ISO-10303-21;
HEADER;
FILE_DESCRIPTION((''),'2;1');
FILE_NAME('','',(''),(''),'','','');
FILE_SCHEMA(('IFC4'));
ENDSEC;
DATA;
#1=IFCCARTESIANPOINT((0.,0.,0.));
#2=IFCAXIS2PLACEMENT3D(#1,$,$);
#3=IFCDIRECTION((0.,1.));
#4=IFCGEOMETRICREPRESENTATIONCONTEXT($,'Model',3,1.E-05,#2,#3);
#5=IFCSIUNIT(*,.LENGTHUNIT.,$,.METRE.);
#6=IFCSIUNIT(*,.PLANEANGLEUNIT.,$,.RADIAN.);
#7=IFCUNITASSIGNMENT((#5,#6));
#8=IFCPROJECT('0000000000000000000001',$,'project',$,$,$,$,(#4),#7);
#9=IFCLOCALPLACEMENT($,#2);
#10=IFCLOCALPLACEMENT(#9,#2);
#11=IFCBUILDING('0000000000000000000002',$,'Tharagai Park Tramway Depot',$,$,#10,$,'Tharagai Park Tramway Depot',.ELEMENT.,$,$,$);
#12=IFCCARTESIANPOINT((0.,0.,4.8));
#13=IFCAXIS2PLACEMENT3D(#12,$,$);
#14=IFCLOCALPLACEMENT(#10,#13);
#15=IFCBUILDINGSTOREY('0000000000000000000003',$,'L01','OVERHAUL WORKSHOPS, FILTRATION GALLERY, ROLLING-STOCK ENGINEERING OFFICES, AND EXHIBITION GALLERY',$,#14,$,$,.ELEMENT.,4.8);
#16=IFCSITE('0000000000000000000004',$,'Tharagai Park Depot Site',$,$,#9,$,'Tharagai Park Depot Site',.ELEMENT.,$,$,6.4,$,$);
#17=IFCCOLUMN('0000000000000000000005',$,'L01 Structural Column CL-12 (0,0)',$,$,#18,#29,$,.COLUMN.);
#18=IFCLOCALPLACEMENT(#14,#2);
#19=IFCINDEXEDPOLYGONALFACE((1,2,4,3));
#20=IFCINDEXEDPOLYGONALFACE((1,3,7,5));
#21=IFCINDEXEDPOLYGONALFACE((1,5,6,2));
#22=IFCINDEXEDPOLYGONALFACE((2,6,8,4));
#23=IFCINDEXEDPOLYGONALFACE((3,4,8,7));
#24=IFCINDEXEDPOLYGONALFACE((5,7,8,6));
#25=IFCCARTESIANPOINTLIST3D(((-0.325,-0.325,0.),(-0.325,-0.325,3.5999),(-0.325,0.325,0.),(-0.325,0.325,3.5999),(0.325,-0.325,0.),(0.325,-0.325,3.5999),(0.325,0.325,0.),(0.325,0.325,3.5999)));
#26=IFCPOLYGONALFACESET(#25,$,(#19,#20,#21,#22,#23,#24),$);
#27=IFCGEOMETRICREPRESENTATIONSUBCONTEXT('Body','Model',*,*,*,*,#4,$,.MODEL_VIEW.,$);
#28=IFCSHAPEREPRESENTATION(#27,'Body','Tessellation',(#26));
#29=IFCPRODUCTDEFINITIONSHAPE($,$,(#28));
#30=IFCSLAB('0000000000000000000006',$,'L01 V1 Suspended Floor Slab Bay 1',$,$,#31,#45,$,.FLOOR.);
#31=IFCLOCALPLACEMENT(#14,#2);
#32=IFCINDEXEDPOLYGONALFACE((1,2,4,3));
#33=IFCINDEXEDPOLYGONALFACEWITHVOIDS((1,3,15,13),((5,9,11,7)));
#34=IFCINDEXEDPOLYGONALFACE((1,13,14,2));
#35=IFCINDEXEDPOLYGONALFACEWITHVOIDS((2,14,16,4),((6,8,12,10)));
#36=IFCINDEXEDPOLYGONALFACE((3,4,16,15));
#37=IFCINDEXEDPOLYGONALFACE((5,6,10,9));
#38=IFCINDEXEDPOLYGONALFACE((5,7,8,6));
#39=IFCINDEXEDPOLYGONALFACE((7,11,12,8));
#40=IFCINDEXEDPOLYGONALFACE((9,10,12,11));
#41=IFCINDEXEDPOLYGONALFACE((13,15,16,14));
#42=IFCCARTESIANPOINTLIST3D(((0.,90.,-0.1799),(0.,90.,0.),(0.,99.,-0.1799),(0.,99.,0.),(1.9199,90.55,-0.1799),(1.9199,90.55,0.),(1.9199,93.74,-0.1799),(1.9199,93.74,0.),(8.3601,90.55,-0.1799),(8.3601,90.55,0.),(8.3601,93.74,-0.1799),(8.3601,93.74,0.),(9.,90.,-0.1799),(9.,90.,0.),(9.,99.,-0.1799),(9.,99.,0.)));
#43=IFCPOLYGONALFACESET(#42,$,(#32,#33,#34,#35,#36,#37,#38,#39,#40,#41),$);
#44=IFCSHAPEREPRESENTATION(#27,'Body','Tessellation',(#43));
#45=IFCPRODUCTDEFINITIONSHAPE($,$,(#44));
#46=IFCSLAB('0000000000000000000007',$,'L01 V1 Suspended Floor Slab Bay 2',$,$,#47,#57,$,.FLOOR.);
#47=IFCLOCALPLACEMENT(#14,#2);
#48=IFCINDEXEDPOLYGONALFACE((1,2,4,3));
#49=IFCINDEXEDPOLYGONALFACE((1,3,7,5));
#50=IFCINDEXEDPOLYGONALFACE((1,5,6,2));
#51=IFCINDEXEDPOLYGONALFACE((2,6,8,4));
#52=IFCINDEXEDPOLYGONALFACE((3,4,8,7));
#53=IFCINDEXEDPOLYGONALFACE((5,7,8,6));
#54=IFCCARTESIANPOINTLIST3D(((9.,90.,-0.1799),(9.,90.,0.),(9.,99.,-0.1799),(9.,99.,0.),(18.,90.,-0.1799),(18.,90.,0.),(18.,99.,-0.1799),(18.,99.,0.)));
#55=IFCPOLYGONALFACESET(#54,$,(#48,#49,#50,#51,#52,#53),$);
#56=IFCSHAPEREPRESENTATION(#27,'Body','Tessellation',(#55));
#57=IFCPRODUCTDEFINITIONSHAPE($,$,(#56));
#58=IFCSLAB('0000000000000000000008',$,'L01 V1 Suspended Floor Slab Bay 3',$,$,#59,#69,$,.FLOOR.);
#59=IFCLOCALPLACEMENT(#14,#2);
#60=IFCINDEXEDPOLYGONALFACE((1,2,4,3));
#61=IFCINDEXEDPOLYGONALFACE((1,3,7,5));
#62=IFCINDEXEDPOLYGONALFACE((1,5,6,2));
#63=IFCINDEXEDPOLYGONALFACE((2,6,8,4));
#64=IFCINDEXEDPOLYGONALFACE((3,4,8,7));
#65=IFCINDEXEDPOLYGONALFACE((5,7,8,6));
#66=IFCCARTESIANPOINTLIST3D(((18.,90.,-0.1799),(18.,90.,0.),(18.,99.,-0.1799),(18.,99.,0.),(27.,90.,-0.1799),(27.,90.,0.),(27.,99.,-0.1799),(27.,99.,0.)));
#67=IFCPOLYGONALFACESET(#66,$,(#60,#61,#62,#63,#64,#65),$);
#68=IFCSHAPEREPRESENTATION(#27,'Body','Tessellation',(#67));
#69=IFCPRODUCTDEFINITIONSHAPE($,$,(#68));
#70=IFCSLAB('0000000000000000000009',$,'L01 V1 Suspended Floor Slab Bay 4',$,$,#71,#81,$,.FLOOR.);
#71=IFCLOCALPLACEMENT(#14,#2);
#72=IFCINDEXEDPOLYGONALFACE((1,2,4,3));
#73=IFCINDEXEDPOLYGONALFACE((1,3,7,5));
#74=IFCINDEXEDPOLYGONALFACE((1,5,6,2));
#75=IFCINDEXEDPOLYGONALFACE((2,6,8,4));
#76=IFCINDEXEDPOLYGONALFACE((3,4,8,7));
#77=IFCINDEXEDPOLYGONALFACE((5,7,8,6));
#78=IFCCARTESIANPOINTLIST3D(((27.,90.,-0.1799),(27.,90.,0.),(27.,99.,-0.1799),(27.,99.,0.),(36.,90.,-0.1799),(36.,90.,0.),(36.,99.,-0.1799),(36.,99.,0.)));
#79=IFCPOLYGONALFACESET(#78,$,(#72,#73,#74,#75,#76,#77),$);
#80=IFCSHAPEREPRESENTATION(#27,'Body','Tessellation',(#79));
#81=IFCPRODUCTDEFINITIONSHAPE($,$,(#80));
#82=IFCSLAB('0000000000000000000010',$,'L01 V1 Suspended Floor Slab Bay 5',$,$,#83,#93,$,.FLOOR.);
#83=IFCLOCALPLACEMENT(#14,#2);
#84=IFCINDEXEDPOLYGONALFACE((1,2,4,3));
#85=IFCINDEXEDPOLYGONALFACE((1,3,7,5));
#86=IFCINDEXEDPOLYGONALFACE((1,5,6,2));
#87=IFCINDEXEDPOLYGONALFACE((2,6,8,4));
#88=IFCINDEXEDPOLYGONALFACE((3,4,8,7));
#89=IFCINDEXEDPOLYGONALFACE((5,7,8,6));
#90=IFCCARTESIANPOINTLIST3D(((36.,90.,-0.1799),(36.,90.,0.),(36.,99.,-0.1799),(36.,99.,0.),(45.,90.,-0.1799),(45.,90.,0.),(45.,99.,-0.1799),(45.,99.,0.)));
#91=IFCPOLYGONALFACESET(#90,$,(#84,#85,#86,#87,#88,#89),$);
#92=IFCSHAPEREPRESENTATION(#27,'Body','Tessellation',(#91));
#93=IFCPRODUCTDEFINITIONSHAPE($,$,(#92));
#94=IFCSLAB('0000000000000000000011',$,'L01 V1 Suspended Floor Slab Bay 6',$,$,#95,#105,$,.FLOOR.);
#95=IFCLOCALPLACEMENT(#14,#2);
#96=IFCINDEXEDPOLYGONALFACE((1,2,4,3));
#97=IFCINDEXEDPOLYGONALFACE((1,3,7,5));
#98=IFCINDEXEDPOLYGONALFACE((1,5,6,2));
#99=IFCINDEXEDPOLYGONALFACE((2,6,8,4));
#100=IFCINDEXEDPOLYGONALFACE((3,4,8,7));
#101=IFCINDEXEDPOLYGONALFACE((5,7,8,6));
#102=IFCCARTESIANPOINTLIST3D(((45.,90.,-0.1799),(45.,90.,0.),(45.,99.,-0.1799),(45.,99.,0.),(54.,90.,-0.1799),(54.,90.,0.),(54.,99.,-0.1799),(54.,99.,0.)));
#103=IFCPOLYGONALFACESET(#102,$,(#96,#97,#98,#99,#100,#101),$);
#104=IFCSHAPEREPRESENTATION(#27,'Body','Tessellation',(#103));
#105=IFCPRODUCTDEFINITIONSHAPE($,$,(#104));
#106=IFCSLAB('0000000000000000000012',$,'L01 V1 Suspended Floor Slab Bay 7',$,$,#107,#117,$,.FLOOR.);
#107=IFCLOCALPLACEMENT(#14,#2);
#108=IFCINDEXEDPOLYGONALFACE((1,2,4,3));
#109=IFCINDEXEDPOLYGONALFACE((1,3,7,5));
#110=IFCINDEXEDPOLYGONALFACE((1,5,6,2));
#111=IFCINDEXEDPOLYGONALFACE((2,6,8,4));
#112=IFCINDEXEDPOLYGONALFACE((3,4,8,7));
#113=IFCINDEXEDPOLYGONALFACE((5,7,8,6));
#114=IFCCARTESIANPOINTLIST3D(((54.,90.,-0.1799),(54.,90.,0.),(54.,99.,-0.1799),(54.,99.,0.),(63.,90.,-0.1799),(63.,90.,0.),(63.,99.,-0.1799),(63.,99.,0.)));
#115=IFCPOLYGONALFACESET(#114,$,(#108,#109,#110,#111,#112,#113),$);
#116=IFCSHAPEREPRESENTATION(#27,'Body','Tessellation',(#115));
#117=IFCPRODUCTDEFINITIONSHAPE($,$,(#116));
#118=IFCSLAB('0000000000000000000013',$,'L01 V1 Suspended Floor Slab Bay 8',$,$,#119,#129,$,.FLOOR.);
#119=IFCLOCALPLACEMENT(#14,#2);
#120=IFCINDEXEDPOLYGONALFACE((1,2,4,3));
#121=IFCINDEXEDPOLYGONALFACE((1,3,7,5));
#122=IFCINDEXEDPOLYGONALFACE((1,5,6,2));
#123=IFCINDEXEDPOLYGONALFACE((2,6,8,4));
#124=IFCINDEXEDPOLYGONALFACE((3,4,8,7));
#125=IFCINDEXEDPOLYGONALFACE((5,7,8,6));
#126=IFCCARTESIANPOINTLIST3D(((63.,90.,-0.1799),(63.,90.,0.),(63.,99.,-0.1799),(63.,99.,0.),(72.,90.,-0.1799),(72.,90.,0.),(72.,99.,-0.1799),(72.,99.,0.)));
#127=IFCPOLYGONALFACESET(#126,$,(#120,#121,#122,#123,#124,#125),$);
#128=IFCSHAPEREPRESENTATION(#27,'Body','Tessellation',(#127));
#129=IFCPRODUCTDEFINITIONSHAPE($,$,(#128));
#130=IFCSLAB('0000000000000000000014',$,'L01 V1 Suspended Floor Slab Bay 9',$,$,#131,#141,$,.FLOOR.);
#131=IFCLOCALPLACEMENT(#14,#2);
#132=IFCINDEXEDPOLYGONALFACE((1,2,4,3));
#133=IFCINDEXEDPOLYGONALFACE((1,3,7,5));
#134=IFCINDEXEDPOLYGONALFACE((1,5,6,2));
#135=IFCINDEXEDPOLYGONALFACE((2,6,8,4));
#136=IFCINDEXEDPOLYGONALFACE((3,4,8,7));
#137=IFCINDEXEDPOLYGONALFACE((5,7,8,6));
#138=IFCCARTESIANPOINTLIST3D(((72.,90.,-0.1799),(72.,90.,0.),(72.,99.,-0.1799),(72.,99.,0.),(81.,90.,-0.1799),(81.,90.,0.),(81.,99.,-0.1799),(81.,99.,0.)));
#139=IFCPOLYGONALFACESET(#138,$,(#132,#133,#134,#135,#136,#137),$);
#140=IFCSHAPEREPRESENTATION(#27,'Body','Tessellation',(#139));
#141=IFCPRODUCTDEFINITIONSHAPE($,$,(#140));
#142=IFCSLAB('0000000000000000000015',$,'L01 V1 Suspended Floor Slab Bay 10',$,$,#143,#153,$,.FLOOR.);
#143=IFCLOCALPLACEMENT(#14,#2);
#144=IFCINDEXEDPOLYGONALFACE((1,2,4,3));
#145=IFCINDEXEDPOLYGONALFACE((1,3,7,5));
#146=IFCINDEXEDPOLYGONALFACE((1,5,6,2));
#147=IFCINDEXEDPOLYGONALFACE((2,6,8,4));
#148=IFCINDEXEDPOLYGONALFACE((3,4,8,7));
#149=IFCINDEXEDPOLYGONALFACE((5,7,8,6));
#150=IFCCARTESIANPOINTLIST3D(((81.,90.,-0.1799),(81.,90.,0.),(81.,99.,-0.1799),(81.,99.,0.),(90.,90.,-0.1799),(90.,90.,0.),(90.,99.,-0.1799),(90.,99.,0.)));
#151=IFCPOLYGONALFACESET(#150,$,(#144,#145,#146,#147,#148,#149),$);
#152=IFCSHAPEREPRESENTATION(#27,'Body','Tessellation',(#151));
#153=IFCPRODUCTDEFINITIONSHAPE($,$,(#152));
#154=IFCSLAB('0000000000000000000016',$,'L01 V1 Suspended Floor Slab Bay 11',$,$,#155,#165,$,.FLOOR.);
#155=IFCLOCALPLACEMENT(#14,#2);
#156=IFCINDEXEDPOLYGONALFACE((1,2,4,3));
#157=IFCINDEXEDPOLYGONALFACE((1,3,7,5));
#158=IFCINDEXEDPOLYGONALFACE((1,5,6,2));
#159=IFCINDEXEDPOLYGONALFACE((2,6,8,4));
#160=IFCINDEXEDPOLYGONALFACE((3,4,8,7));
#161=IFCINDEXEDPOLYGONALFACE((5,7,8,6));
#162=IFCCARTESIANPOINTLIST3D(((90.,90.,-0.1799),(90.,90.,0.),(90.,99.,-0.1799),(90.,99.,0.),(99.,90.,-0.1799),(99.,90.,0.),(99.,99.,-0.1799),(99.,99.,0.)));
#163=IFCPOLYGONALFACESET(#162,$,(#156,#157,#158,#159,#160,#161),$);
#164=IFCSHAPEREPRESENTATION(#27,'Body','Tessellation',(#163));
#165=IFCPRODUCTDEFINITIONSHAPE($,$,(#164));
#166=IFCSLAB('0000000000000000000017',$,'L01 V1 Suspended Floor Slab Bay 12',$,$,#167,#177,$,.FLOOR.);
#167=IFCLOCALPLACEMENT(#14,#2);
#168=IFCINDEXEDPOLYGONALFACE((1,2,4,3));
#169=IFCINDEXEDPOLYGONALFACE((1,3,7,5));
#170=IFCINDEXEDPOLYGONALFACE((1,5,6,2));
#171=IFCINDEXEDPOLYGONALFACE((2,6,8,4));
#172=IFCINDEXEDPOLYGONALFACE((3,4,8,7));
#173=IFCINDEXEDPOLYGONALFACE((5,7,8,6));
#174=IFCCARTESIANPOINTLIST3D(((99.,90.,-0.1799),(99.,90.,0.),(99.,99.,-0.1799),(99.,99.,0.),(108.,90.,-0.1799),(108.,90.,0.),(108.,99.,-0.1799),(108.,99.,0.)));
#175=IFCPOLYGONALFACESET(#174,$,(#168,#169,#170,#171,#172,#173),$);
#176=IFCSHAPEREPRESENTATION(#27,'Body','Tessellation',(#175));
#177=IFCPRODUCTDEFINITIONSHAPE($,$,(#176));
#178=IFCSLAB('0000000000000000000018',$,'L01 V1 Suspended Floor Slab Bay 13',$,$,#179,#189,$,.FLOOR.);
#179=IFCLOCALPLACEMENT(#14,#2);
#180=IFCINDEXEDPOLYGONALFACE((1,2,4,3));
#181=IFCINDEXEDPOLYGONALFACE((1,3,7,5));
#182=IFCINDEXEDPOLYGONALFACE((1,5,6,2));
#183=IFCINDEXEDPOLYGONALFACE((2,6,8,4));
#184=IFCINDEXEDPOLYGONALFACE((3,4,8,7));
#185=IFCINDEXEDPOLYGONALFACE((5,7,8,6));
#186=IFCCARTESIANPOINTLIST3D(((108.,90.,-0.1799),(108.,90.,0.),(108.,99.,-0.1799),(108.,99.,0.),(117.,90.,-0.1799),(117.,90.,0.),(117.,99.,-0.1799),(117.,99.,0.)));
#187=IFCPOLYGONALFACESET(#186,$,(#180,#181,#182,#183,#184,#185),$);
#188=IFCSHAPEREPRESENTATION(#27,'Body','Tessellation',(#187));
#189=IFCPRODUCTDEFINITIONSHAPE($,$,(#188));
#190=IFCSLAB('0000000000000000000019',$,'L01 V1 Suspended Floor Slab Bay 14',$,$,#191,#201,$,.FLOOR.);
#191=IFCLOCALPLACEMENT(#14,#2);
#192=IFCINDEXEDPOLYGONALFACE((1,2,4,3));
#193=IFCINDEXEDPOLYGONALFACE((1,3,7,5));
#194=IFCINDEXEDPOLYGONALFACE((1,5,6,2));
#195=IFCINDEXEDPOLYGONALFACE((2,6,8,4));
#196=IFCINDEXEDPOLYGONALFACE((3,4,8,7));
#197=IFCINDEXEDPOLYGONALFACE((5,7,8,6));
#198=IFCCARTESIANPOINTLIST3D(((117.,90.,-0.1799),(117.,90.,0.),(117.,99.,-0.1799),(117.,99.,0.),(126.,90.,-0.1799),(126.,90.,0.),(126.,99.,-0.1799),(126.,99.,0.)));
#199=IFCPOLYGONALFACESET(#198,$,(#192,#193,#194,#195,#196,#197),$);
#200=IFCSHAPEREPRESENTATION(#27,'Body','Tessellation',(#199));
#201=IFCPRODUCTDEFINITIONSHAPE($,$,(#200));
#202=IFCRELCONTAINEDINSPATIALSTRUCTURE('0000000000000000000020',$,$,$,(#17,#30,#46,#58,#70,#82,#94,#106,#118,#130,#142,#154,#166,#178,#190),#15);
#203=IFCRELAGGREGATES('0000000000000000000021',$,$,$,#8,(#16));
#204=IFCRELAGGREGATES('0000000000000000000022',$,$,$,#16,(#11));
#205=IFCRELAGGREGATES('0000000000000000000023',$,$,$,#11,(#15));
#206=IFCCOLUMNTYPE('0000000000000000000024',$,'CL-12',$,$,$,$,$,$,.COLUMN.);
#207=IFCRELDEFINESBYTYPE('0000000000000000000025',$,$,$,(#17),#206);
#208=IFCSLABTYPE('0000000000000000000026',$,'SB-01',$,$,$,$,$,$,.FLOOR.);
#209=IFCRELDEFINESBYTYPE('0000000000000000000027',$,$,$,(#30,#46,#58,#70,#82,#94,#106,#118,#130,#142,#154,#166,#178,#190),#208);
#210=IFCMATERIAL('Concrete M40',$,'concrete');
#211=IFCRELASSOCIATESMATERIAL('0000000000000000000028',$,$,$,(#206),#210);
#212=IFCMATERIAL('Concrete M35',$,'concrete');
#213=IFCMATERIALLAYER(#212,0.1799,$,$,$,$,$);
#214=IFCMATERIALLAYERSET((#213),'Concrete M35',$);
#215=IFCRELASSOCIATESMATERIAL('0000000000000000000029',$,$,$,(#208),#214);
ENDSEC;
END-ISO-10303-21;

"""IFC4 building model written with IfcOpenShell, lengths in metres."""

from ifc_helpers import new_model, si_unit, direction, frame, origin, origin_with_axes, origin_2d, place, context, subcontext, project, spatial, polyline, rectangle, outline, extrude, material, layer, layer_set, material_profile, profile_set, type_object, element, save


model = new_model("IFC4")

# Units and contexts
model_context = context("Model", 3, precision=1e-05, world=origin(), true_north=direction((0.0, 1.0)))
body_context = subcontext(model_context, "Body", "Model", "MODEL_VIEW")
ifc_project = project(units=[si_unit("LENGTHUNIT", "METRE"), si_unit("PLANEANGLEUNIT", "RADIAN")], contexts=[model_context])

# Site, building, storey
site_placement = place(None, origin())
site = spatial("IfcSite", under=ifc_project, at=site_placement, Name="Tharagai Park Depot Site", LongName="Tharagai Park Depot Site", CompositionType="ELEMENT", RefElevation=6.4)
building_placement = place(site_placement, origin())
building = spatial("IfcBuilding", under=site, at=building_placement, Name="Tharagai Park Tramway Depot", LongName="Tharagai Park Tramway Depot", CompositionType="ELEMENT")
storey_placement = place(building_placement, frame((0.0, 0.0, 4.8)))
storey = spatial("IfcBuildingStorey", under=building, at=storey_placement, Name="L01", Description="OVERHAUL WORKSHOPS, FILTRATION GALLERY, ROLLING-STOCK ENGINEERING OFFICES, AND EXHIBITION GALLERY", CompositionType="ELEMENT", Elevation=4.8)

# Column
ifc_material_1 = material(Name="Concrete M40", Category="concrete")
ifc_material_profile = material_profile(ifc_material_1, rectangle(XDim=0.6499, YDim=0.6499, at=origin_2d()), Name="RC 650x650")
ifc_profile_set = profile_set([ifc_material_profile], Name="Concrete M40")
column_type = type_object("IfcColumnType", Name="CL-12", PredefinedType="COLUMN", material=ifc_profile_set)
column_placement = place(storey_placement, origin_with_axes())
element("IfcColumn", 1, at=column_placement, inside=storey, type_object=column_type, Name="L01 Structural Column CL-12 (0,0)", PredefinedType="COLUMN", context=body_context, shape_type="SweptSolid", body=[
    extrude(rectangle(XDim=0.6499, YDim=0.6499, at=origin_2d()), origin(), (0.0, 0.0, 1.0), 3.5999),
])

# Slabs
ifc_material_2 = material(Name="Concrete M35", Category="concrete")
ifc_layer_1 = layer(ifc_material_2, 0.1799)
ifc_layer_set_1 = layer_set([ifc_layer_1], Name="Concrete M35")
slab_type_1 = type_object("IfcSlabType", Name="SB-01", PredefinedType="FLOOR", material=ifc_layer_set_1)
slab_1_placement = place(storey_placement, frame((0.0, 0.0, -0.1799)))
element("IfcSlab", 2, at=slab_1_placement, inside=storey, type_object=slab_type_1, Name="L01 V1 Suspended Floor Slab Bay 1", PredefinedType="FLOOR", context=body_context, shape_type="SweptSolid", body=[
    extrude(outline(polyline([(0.0, 90.0), (9.0, 90.0), (9.0, 99.0), (0.0, 99.0), (0.0, 90.0)]), holes=[polyline([(1.9199, 90.55), (8.3601, 90.55), (8.3601, 93.74), (1.9199, 93.74), (1.9199, 90.55)])]), origin(), (0.0, 0.0, 1.0), 0.1799),
])
slab_2_placement = place(storey_placement, frame((0.0, 0.0, -0.1799)))
element("IfcSlab", 3, at=slab_2_placement, inside=storey, type_object=slab_type_1, Name="L01 V1 Suspended Floor Slab Bay 2", PredefinedType="FLOOR", context=body_context, shape_type="SweptSolid", body=[
    extrude(outline(polyline([(9.0, 90.0), (18.0, 90.0), (18.0, 99.0), (9.0, 99.0), (9.0, 90.0)])), origin(), (0.0, 0.0, 1.0), 0.1799),
])
slab_3_placement = place(storey_placement, frame((0.0, 0.0, -0.1799)))
element("IfcSlab", 4, at=slab_3_placement, inside=storey, type_object=slab_type_1, Name="L01 V1 Suspended Floor Slab Bay 3", PredefinedType="FLOOR", context=body_context, shape_type="SweptSolid", body=[
    extrude(outline(polyline([(18.0, 90.0), (27.0, 90.0), (27.0, 99.0), (18.0, 99.0), (18.0, 90.0)])), origin(), (0.0, 0.0, 1.0), 0.1799),
])
slab_4_placement = place(storey_placement, frame((0.0, 0.0, -0.1799)))
element("IfcSlab", 5, at=slab_4_placement, inside=storey, type_object=slab_type_1, Name="L01 V1 Suspended Floor Slab Bay 4", PredefinedType="FLOOR", context=body_context, shape_type="SweptSolid", body=[
    extrude(outline(polyline([(27.0, 90.0), (36.0, 90.0), (36.0, 99.0), (27.0, 99.0), (27.0, 90.0)])), origin(), (0.0, 0.0, 1.0), 0.1799),
])
slab_5_placement = place(storey_placement, frame((0.0, 0.0, -0.1799)))
element("IfcSlab", 6, at=slab_5_placement, inside=storey, type_object=slab_type_1, Name="L01 V1 Suspended Floor Slab Bay 5", PredefinedType="FLOOR", context=body_context, shape_type="SweptSolid", body=[
    extrude(outline(polyline([(36.0, 90.0), (45.0, 90.0), (45.0, 99.0), (36.0, 99.0), (36.0, 90.0)])), origin(), (0.0, 0.0, 1.0), 0.1799),
])
slab_6_placement = place(storey_placement, frame((0.0, 0.0, -0.1799)))
element("IfcSlab", 7, at=slab_6_placement, inside=storey, type_object=slab_type_1, Name="L01 V1 Suspended Floor Slab Bay 6", PredefinedType="FLOOR", context=body_context, shape_type="SweptSolid", body=[
    extrude(outline(polyline([(45.0, 90.0), (54.0, 90.0), (54.0, 99.0), (45.0, 99.0), (45.0, 90.0)])), origin(), (0.0, 0.0, 1.0), 0.1799),
])
slab_7_placement = place(storey_placement, frame((0.0, 0.0, -0.1799)))
element("IfcSlab", 8, at=slab_7_placement, inside=storey, type_object=slab_type_1, Name="L01 V1 Suspended Floor Slab Bay 7", PredefinedType="FLOOR", context=body_context, shape_type="SweptSolid", body=[
    extrude(outline(polyline([(54.0, 90.0), (63.0, 90.0), (63.0, 99.0), (54.0, 99.0), (54.0, 90.0)])), origin(), (0.0, 0.0, 1.0), 0.1799),
])
slab_8_placement = place(storey_placement, frame((0.0, 0.0, -0.1799)))
element("IfcSlab", 9, at=slab_8_placement, inside=storey, type_object=slab_type_1, Name="L01 V1 Suspended Floor Slab Bay 8", PredefinedType="FLOOR", context=body_context, shape_type="SweptSolid", body=[
    extrude(outline(polyline([(63.0, 90.0), (72.0, 90.0), (72.0, 99.0), (63.0, 99.0), (63.0, 90.0)])), origin(), (0.0, 0.0, 1.0), 0.1799),
])
slab_9_placement = place(storey_placement, frame((0.0, 0.0, -0.1799)))
element("IfcSlab", 10, at=slab_9_placement, inside=storey, type_object=slab_type_1, Name="L01 V1 Suspended Floor Slab Bay 9", PredefinedType="FLOOR", context=body_context, shape_type="SweptSolid", body=[
    extrude(outline(polyline([(72.0, 90.0), (81.0, 90.0), (81.0, 99.0), (72.0, 99.0), (72.0, 90.0)])), origin(), (0.0, 0.0, 1.0), 0.1799),
])
slab_10_placement = place(storey_placement, frame((0.0, 0.0, -0.1799)))
element("IfcSlab", 11, at=slab_10_placement, inside=storey, type_object=slab_type_1, Name="L01 V1 Suspended Floor Slab Bay 10", PredefinedType="FLOOR", context=body_context, shape_type="SweptSolid", body=[
    extrude(outline(polyline([(81.0, 90.0), (90.0, 90.0), (90.0, 99.0), (81.0, 99.0), (81.0, 90.0)])), origin(), (0.0, 0.0, 1.0), 0.1799),
])
slab_11_placement = place(storey_placement, frame((0.0, 0.0, -0.1799)))
element("IfcSlab", 12, at=slab_11_placement, inside=storey, type_object=slab_type_1, Name="L01 V1 Suspended Floor Slab Bay 11", PredefinedType="FLOOR", context=body_context, shape_type="SweptSolid", body=[
    extrude(outline(polyline([(90.0, 90.0), (99.0, 90.0), (99.0, 99.0), (90.0, 99.0), (90.0, 90.0)])), origin(), (0.0, 0.0, 1.0), 0.1799),
])
slab_12_placement = place(storey_placement, frame((0.0, 0.0, -0.1799)))
element("IfcSlab", 13, at=slab_12_placement, inside=storey, type_object=slab_type_1, Name="L01 V1 Suspended Floor Slab Bay 12", PredefinedType="FLOOR", context=body_context, shape_type="SweptSolid", body=[
    extrude(outline(polyline([(99.0, 90.0), (108.0, 90.0), (108.0, 99.0), (99.0, 99.0), (99.0, 90.0)])), origin(), (0.0, 0.0, 1.0), 0.1799),
])
slab_13_placement = place(storey_placement, frame((0.0, 0.0, -0.1799)))
element("IfcSlab", 14, at=slab_13_placement, inside=storey, type_object=slab_type_1, Name="L01 V1 Suspended Floor Slab Bay 13", PredefinedType="FLOOR", context=body_context, shape_type="SweptSolid", body=[
    extrude(outline(polyline([(108.0, 90.0), (117.0, 90.0), (117.0, 99.0), (108.0, 99.0), (108.0, 90.0)])), origin(), (0.0, 0.0, 1.0), 0.1799),
])
slab_14_placement = place(storey_placement, frame((0.0, 0.0, -0.1799)))
element("IfcSlab", 15, at=slab_14_placement, inside=storey, type_object=slab_type_1, Name="L01 V1 Suspended Floor Slab Bay 14", PredefinedType="FLOOR", context=body_context, shape_type="SweptSolid", body=[
    extrude(outline(polyline([(117.0, 90.0), (126.0, 90.0), (126.0, 99.0), (117.0, 99.0), (117.0, 90.0)])), origin(), (0.0, 0.0, 1.0), 0.1799),
])

save(model, "model.ifc")
